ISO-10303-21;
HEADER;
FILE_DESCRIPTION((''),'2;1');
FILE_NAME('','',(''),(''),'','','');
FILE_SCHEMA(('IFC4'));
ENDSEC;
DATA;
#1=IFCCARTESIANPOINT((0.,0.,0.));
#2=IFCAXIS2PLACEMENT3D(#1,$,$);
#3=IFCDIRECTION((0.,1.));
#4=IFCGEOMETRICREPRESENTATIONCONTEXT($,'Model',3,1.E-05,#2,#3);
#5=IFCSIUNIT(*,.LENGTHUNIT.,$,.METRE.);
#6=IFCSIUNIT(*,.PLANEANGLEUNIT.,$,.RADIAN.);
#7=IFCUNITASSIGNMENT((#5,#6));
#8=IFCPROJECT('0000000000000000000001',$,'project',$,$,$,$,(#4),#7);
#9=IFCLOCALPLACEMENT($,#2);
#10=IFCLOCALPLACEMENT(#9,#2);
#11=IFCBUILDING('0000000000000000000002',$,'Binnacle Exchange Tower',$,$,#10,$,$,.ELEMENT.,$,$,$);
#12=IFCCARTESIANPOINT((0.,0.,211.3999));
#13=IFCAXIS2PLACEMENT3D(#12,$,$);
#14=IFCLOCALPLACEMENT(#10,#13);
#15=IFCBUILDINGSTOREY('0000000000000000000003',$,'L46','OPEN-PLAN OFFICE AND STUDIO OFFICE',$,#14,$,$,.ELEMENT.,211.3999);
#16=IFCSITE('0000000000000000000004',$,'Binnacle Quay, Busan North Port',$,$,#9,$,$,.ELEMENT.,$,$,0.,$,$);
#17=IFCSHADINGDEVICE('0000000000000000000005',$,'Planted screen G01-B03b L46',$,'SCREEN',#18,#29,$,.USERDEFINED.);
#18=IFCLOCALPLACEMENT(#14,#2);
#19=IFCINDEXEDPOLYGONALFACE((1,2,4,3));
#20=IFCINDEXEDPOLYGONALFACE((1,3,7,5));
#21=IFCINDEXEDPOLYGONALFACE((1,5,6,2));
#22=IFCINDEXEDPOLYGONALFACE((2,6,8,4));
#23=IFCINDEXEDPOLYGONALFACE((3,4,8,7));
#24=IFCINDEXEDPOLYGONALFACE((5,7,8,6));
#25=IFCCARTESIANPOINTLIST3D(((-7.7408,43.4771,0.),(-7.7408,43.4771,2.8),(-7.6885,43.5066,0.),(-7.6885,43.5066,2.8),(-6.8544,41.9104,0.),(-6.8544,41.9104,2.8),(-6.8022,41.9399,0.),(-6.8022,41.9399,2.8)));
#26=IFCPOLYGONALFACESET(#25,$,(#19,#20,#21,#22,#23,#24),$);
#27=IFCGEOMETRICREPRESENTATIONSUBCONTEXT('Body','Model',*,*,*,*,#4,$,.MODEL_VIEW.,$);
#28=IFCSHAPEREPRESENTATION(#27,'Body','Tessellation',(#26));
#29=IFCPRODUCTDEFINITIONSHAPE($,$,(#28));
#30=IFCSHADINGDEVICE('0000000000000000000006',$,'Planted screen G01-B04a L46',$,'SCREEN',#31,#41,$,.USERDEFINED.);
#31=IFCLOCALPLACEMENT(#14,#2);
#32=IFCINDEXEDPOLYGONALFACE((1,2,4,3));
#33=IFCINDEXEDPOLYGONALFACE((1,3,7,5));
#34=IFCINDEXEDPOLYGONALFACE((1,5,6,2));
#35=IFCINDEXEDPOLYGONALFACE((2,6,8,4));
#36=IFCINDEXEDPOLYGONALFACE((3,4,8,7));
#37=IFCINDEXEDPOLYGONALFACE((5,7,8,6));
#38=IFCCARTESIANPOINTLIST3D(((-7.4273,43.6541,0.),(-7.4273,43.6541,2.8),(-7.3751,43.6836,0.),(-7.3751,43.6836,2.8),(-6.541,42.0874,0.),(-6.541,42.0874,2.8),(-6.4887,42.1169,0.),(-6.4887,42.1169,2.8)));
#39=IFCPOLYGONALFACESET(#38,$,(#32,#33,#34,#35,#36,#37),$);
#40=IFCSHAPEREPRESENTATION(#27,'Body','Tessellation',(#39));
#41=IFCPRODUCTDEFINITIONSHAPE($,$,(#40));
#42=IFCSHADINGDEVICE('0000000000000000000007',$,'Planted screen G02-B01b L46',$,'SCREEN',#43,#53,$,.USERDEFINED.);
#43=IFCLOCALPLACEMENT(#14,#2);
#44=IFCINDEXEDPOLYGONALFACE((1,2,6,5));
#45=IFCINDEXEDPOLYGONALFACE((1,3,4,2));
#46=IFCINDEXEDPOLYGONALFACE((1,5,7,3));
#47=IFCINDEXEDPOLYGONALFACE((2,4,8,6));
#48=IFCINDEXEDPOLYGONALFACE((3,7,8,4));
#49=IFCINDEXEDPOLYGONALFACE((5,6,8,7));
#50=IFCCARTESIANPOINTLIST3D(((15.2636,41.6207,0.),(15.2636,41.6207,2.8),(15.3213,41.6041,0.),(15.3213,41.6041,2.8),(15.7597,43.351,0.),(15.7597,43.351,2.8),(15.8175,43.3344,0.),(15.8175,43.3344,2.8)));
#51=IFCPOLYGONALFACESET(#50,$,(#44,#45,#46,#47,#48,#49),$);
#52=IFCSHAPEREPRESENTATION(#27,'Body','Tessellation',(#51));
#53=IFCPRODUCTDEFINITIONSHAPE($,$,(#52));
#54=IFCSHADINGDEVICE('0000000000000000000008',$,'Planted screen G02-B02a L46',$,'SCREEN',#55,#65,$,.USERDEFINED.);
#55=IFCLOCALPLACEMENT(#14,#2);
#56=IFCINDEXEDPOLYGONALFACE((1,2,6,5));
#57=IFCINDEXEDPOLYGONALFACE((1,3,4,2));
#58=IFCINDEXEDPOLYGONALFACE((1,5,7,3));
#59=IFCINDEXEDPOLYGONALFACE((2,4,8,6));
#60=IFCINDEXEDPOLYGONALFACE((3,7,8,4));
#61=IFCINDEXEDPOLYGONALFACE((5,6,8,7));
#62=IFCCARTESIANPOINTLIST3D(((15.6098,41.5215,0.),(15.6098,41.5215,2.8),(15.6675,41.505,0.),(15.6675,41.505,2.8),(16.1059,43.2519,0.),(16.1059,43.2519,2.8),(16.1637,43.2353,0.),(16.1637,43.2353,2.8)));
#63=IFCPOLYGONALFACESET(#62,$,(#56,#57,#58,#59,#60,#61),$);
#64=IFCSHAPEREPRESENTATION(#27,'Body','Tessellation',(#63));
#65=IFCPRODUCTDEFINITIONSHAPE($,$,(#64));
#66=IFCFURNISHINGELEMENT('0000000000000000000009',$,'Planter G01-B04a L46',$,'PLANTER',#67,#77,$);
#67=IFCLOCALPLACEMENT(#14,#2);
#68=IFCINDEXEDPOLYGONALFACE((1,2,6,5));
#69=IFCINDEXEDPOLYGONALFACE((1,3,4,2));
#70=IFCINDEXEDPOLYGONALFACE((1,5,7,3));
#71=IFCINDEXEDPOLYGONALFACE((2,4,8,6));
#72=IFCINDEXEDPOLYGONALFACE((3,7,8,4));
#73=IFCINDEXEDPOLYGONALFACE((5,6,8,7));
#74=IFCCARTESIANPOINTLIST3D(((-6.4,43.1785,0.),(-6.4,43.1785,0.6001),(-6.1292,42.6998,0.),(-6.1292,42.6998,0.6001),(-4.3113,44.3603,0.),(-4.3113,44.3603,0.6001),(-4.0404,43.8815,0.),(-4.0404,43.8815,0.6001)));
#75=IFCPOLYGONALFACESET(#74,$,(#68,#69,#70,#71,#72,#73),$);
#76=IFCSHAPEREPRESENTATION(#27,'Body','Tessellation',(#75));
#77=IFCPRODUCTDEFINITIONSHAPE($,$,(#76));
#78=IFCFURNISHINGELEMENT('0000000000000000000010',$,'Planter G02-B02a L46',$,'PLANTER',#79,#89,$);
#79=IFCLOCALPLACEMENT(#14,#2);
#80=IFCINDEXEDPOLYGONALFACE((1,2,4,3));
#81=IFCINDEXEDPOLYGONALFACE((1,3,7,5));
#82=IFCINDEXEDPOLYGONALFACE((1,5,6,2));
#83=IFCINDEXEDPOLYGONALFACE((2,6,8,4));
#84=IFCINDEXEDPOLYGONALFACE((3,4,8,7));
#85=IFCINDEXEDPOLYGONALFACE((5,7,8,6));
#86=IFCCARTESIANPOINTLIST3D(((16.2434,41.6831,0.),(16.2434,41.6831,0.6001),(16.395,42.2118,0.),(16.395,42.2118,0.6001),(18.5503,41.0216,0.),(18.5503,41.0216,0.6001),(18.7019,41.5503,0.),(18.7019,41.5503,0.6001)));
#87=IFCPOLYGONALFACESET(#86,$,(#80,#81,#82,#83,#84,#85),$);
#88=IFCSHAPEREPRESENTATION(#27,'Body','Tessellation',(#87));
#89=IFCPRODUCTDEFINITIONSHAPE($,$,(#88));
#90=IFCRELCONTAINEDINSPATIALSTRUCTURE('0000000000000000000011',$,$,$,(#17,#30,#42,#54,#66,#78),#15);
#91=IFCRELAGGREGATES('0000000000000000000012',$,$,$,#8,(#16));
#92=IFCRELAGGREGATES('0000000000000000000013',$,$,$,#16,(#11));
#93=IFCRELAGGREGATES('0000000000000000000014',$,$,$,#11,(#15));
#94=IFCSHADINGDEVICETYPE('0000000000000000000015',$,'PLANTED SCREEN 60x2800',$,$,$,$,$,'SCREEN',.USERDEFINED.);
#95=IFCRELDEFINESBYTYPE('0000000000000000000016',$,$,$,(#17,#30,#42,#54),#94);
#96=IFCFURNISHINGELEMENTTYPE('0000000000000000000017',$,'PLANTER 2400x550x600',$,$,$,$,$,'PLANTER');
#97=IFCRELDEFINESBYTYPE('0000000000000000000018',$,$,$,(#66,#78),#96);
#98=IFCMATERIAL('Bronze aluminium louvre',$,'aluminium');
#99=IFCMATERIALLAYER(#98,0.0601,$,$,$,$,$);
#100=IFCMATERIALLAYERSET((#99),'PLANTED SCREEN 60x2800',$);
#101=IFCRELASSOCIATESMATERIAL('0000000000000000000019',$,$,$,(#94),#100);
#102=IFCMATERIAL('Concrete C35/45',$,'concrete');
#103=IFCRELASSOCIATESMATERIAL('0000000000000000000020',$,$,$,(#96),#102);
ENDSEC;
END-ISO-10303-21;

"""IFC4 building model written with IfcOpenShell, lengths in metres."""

from ifc_helpers import new_model, si_unit, direction, frame, origin, origin_2d, place, context, subcontext, project, spatial, rectangle, extrude, material, layer, layer_set, type_object, element, save


model = new_model("IFC4")

# Units and contexts
model_context = context("Model", 3, precision=1e-05, world=origin(), true_north=direction((0.0, 1.0)))
body_context = subcontext(model_context, "Body", "Model", "MODEL_VIEW")
ifc_project = project(units=[si_unit("LENGTHUNIT", "METRE"), si_unit("PLANEANGLEUNIT", "RADIAN")], contexts=[model_context])

# Site, building, storey
site_placement = place(None, origin())
site = spatial("IfcSite", under=ifc_project, at=site_placement, Name="Binnacle Quay, Busan North Port", CompositionType="ELEMENT", RefElevation=0.0)
building_placement = place(site_placement, origin())
building = spatial("IfcBuilding", under=site, at=building_placement, Name="Binnacle Exchange Tower", CompositionType="ELEMENT")
storey_placement = place(building_placement, frame((0.0, 0.0, 211.3999)))
storey = spatial("IfcBuildingStorey", under=building, at=storey_placement, Name="L46", Description="OPEN-PLAN OFFICE AND STUDIO OFFICE", CompositionType="ELEMENT", Elevation=211.3999)

# Shading devices
ifc_material_1 = material(Name="Bronze aluminium louvre", Category="aluminium")
ifc_layer_1 = layer(ifc_material_1, 0.0601)
ifc_layer_set_1 = layer_set([ifc_layer_1], Name="PLANTED SCREEN 60x2800")
shading_device_type = type_object("IfcShadingDeviceType", Name="PLANTED SCREEN 60x2800", ElementType="SCREEN", PredefinedType="USERDEFINED", material=ifc_layer_set_1)
for number, where, z_axis, x_axis, name in (
    (1, (-7.2715, 42.7085, 0.0), (0.0, 0.0, 1.0), (0.870356, 0.492424, 0.0), "Planted screen G01-B03b L46"),
    (2, (-6.958, 42.8855, 0.0), (0.0, 0.0, 1.0), (0.870356, 0.492424, 0.0), "Planted screen G01-B04a L46"),
    (3, (15.5405, 42.4775, 0.0), (0.0, 0.0, 1.0), (0.961262, -0.275637, 0.0), "Planted screen G02-B01b L46"),
    (4, (15.8867, 42.3784, 0.0), (0.0, 0.0, 1.0), (0.961262, -0.275637, 0.0), "Planted screen G02-B02a L46"),
):
    element("IfcShadingDevice", number, at=place(storey_placement, frame(where, z_axis=z_axis, x_axis=x_axis)), inside=storey, type_object=shading_device_type, Name=name, ObjectType="SCREEN", PredefinedType="USERDEFINED", context=body_context, shape_type="SweptSolid", body=[
        extrude(rectangle(XDim=0.0601, YDim=1.8, at=origin_2d()), origin(), (0.0, 0.0, 1.0), 2.8),
    ])

# Furnishing elements
ifc_material_2 = material(Name="Concrete C35/45", Category="concrete")
furnishing_element_type = type_object("IfcFurnishingElementType", Name="PLANTER 2400x550x600", ElementType="PLANTER", material=ifc_material_2)
for number, where, z_axis, x_axis, name in (
    (5, (-5.2202, 43.53, 0.0), (0.0, 0.0, 1.0), (0.870356, 0.492424, 0.0), "Planter G01-B04a L46"),
    (6, (17.4727, 41.6167, 0.0), (0.0, 0.0, 1.0), (0.961262, -0.275637, 0.0), "Planter G02-B02a L46"),
):
    element("IfcFurnishingElement", number, at=place(storey_placement, frame(where, z_axis=z_axis, x_axis=x_axis)), inside=storey, type_object=furnishing_element_type, Name=name, ObjectType="PLANTER", context=body_context, shape_type="SweptSolid", body=[
        extrude(rectangle(XDim=2.3999, YDim=0.55, at=origin_2d()), origin(), (0.0, 0.0, 1.0), 0.6001),
    ])

save(model, "model.ifc")
